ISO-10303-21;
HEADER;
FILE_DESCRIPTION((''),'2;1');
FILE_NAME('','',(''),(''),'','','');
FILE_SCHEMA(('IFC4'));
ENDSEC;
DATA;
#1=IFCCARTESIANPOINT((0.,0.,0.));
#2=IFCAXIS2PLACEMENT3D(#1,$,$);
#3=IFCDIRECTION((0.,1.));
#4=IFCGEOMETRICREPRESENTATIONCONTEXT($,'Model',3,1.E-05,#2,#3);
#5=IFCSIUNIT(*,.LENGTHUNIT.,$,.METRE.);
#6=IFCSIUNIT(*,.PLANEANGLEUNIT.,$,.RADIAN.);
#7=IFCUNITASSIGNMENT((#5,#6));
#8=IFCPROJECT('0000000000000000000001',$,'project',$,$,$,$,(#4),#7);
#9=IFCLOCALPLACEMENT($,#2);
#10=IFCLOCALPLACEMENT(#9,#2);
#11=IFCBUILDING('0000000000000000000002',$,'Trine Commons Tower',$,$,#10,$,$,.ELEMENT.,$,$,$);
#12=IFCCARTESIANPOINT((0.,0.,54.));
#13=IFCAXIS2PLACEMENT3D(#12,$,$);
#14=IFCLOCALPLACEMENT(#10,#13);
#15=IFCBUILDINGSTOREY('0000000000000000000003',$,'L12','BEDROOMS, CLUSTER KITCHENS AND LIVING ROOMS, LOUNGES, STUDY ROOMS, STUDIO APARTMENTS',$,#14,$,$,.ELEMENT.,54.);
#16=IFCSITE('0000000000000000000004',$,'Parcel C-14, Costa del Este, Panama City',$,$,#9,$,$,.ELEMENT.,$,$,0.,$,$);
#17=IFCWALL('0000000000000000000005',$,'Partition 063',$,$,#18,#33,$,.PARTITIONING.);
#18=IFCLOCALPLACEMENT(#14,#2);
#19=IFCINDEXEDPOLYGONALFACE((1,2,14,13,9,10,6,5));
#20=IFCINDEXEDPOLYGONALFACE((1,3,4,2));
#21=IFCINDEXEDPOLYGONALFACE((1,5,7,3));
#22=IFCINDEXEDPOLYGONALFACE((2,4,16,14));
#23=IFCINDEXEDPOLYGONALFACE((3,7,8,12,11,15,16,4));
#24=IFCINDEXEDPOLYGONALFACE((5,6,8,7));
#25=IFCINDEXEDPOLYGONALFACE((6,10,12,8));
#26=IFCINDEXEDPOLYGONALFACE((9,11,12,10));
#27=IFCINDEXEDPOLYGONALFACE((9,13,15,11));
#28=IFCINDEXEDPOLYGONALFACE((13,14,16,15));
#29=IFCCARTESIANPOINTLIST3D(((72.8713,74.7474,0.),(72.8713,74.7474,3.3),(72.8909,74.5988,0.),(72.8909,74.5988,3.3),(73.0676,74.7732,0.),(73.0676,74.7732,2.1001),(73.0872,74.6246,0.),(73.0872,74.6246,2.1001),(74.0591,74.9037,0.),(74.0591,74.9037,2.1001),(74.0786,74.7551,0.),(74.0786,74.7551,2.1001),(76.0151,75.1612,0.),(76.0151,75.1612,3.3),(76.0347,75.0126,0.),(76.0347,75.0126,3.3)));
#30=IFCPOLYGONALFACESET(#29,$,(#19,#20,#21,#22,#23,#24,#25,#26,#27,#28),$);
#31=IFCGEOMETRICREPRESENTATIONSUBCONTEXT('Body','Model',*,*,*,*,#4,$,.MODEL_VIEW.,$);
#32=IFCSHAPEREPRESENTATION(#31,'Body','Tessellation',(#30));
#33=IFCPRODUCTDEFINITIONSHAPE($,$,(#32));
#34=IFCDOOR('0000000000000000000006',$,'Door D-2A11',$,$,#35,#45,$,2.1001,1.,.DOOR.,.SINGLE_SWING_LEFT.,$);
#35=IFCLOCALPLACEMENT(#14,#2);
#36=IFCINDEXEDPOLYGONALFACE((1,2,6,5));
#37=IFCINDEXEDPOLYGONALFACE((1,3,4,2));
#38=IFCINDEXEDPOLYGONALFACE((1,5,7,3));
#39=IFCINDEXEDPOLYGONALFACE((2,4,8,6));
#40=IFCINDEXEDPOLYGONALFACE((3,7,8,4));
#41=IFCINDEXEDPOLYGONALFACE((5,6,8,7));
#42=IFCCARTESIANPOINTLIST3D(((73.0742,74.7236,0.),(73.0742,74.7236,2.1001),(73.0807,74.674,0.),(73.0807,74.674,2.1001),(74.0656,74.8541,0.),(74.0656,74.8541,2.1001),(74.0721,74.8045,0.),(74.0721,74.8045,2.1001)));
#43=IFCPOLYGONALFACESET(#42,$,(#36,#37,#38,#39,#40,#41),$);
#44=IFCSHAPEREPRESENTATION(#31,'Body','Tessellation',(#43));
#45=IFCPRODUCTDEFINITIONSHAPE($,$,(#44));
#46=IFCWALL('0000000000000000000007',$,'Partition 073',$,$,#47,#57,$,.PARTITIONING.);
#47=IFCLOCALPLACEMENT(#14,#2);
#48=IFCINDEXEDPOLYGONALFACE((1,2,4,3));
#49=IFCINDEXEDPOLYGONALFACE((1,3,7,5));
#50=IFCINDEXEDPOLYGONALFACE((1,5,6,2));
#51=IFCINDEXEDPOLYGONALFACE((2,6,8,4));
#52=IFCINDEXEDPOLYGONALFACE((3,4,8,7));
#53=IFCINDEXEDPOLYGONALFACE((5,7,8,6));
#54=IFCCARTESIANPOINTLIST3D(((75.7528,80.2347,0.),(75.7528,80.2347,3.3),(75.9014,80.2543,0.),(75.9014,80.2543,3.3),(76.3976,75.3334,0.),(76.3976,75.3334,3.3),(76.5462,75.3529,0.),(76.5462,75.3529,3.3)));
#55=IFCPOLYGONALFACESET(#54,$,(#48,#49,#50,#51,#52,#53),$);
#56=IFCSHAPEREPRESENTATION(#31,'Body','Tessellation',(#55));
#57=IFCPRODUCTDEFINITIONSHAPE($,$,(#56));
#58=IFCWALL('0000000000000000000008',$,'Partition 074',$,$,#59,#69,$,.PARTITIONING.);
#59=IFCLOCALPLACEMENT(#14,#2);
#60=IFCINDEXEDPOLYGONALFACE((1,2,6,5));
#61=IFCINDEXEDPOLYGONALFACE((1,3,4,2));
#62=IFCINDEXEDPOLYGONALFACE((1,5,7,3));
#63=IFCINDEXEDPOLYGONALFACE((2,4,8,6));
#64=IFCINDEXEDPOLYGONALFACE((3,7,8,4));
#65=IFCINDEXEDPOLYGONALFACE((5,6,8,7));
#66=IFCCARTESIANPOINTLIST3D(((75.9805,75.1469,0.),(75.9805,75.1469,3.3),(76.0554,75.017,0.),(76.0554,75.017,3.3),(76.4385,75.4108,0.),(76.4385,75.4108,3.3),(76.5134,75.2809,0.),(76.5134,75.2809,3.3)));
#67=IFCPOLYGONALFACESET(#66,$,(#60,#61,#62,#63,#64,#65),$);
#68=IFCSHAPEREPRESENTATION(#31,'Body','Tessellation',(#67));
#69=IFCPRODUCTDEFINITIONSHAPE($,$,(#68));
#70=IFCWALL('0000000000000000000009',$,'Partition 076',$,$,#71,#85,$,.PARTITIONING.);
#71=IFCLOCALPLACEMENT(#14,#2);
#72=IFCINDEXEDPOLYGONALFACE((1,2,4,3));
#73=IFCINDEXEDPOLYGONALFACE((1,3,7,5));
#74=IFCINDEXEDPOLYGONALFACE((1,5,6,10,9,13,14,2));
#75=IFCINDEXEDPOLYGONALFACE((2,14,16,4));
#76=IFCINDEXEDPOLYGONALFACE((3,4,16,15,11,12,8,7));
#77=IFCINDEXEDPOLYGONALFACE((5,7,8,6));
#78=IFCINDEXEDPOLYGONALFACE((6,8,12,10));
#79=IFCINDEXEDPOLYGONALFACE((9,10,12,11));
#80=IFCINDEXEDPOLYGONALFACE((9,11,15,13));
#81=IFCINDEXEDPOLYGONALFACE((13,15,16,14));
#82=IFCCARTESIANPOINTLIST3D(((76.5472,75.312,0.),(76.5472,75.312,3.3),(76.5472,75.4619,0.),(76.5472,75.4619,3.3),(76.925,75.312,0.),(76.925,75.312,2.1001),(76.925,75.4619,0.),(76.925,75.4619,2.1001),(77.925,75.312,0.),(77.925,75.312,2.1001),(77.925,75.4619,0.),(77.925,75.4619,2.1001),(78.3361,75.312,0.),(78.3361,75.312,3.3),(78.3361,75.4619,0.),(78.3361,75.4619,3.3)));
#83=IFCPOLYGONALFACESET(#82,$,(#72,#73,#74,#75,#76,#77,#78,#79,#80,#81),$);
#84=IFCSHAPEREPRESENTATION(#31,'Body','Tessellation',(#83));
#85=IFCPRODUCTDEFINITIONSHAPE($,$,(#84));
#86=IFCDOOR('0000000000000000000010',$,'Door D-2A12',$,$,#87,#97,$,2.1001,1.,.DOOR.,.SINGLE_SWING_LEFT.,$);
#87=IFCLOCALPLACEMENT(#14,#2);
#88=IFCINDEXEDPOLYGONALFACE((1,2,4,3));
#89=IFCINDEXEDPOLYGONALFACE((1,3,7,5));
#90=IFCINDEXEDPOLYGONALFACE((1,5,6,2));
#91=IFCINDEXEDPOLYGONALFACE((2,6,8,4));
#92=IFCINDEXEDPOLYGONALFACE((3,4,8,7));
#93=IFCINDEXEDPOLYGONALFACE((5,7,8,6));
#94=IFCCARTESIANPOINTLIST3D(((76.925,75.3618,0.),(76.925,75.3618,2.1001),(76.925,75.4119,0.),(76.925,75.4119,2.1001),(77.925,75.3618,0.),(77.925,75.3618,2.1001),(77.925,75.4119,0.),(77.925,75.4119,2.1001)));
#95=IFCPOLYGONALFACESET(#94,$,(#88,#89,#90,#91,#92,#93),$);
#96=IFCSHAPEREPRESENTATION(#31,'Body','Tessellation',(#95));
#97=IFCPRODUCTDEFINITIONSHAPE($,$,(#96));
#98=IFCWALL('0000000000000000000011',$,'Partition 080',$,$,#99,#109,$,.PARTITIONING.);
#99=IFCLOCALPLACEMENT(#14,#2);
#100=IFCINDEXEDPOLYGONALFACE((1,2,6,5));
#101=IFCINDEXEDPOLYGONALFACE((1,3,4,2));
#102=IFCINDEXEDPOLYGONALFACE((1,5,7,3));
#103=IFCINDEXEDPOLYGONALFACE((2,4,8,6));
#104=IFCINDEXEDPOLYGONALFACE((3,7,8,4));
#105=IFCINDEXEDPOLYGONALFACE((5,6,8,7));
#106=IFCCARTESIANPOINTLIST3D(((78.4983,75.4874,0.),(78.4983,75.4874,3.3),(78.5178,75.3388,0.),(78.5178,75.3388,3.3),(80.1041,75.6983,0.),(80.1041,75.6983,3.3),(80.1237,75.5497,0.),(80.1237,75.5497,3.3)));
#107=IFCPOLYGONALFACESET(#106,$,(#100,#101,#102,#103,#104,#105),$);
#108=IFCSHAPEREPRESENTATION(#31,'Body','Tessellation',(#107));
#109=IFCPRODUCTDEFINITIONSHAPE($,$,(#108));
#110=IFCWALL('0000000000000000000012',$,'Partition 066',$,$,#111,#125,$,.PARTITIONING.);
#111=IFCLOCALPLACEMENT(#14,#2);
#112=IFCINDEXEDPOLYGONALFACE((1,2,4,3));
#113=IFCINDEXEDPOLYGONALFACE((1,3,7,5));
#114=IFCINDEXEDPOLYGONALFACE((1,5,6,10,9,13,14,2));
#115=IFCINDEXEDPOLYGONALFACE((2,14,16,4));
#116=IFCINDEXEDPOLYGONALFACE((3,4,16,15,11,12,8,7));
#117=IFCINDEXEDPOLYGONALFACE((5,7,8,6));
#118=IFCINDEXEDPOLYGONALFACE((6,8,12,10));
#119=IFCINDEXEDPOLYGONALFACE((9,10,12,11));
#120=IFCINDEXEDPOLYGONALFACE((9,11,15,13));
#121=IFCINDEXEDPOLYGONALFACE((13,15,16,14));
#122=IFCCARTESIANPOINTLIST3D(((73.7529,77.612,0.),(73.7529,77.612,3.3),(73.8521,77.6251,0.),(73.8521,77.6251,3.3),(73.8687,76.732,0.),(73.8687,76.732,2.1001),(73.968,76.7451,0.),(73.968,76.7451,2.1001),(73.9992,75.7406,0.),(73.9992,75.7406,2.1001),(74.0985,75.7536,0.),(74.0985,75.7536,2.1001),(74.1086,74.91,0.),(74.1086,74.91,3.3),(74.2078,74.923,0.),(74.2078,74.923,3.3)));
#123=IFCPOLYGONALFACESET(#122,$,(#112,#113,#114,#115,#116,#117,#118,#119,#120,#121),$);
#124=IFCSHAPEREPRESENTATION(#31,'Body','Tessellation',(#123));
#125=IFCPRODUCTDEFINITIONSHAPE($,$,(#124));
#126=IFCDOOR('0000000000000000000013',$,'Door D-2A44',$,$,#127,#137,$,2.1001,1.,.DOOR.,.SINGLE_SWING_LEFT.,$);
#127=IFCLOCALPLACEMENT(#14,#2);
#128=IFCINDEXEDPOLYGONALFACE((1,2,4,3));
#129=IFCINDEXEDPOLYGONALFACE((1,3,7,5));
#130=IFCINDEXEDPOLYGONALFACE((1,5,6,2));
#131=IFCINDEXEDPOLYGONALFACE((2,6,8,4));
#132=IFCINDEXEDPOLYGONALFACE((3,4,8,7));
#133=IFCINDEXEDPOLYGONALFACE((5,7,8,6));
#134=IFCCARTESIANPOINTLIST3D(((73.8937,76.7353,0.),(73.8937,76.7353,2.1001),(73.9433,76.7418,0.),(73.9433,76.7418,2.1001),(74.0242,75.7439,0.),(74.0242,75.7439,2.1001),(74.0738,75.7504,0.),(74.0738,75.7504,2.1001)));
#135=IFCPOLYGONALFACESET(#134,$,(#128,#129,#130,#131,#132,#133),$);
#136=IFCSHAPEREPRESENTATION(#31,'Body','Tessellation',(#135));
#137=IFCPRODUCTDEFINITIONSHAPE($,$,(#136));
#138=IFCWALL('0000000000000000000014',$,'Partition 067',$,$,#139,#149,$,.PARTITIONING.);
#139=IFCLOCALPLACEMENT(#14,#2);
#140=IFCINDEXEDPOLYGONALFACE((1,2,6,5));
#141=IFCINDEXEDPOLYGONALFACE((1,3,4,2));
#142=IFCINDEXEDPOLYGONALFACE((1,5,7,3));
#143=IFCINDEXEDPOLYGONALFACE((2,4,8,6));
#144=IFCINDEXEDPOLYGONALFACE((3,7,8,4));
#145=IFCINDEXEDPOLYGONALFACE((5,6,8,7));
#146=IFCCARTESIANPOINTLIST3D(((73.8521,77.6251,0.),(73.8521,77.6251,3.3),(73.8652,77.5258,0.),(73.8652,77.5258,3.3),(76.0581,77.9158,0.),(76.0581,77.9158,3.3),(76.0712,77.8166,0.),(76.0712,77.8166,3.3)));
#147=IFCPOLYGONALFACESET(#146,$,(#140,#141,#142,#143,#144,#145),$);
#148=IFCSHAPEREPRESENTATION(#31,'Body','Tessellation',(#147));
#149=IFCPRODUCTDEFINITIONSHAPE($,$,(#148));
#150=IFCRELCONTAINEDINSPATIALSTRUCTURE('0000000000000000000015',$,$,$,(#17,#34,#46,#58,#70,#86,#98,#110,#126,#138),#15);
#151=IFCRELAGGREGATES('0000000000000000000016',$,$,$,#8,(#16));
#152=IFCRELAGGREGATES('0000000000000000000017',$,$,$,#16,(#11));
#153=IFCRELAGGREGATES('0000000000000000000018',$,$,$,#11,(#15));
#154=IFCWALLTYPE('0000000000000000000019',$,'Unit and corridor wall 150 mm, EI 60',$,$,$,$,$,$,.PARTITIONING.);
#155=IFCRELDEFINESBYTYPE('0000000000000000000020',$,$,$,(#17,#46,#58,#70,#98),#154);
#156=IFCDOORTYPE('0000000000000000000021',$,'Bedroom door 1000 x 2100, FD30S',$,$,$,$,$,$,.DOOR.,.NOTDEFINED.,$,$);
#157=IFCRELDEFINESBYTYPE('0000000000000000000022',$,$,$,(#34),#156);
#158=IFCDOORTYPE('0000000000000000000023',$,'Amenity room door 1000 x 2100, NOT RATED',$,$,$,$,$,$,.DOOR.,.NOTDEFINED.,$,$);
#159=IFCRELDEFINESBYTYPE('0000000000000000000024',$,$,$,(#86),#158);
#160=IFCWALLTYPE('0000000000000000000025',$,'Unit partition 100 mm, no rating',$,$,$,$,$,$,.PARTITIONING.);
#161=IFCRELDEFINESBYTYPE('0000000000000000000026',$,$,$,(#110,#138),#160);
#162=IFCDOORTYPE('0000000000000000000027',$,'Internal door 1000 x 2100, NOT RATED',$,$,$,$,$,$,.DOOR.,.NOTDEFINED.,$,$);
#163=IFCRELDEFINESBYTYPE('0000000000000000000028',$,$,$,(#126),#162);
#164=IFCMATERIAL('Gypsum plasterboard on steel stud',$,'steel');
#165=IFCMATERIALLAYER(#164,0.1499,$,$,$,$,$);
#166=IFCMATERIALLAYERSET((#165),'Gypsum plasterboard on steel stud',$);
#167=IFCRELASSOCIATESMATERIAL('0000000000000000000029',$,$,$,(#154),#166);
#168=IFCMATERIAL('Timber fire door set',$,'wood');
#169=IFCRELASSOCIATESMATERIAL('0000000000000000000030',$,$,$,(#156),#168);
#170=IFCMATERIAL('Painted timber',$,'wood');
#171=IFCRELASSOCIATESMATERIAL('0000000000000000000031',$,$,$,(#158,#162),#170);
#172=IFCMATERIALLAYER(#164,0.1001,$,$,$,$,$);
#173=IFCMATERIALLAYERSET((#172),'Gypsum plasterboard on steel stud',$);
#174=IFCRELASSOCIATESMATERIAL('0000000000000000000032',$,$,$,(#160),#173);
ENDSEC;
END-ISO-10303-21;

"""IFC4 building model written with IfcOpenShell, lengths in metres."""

from ifc_helpers import new_model, si_unit, direction, frame, frame_2d, origin, place, context, subcontext, project, spatial, rectangle, extrude, material, layer, layer_set, type_object, element, fill, save


model = new_model("IFC4")

# Units and contexts
model_context = context("Model", 3, precision=1e-05, world=origin(), true_north=direction((0.0, 1.0)))
body_context = subcontext(model_context, "Body", "Model", "MODEL_VIEW")
ifc_project = project(units=[si_unit("LENGTHUNIT", "METRE"), si_unit("PLANEANGLEUNIT", "RADIAN")], contexts=[model_context])

# Site, building, storey
site_placement = place(None, origin())
site = spatial("IfcSite", under=ifc_project, at=site_placement, Name="Parcel C-14, Costa del Este, Panama City", CompositionType="ELEMENT", RefElevation=0.0)
building_placement = place(site_placement, origin())
building = spatial("IfcBuilding", under=site, at=building_placement, Name="Trine Commons Tower", CompositionType="ELEMENT")
storey_placement = place(building_placement, frame((0.0, 0.0, 54.0)))
storey = spatial("IfcBuildingStorey", under=building, at=storey_placement, Name="L12", Description="BEDROOMS, CLUSTER KITCHENS AND LIVING ROOMS, LOUNGES, STUDY ROOMS, STUDIO APARTMENTS", CompositionType="ELEMENT", Elevation=54.0)

# Wall, opening, door
ifc_material_1 = material(Name="Gypsum plasterboard on steel stud", Category="steel")
ifc_layer_1 = layer(ifc_material_1, 0.1499)
ifc_layer_set_1 = layer_set([ifc_layer_1], Name="Gypsum plasterboard on steel stud")
wall_type_1 = type_object("IfcWallType", Name="Unit and corridor wall 150 mm, EI 60", PredefinedType="PARTITIONING", material=ifc_layer_set_1)
wall_1_placement = place(storey_placement, frame((72.8811, 74.6731, 0.0), z_axis=(0.0, 0.0, 1.0), x_axis=(0.991448, 0.130504, 0.0)))
wall_1 = element("IfcWall", 1, at=wall_1_placement, inside=storey, type_object=wall_type_1, Name="Partition 063", PredefinedType="PARTITIONING", context=body_context, shape_type="SweptSolid", body=[
    extrude(rectangle(XDim=3.1709, YDim=0.1499, at=frame_2d((1.5854, 0.0))), origin(), (0.0, 0.0, 1.0), 3.3),
])
opening_1_placement = place(wall_1_placement, frame((0.198, 0.0, 0.0)))
opening_1 = element("IfcOpeningElement", 2, at=opening_1_placement, cuts=wall_1, PredefinedType="OPENING", context=body_context, shape_type="SweptSolid", body=[
    extrude(rectangle(XDim=1.0, YDim=2.1001, at=frame_2d((0.5, 1.05))), frame((0.0, 0.085, 0.0), z_axis=(0.0, -1.0, 0.0), x_axis=(1.0, 0.0, 0.0)), (0.0, 0.0, 1.0), 0.1699),
])
ifc_material_2 = material(Name="Timber fire door set", Category="wood")
door_type_1 = type_object("IfcDoorType", Name="Bedroom door 1000 x 2100, FD30S", OperationType="NOTDEFINED", PredefinedType="DOOR", material=ifc_material_2)
door_1_placement = place(opening_1_placement, origin())
door_1 = element("IfcDoor", 3, at=door_1_placement, inside=storey, type_object=door_type_1, Name="Door D-2A11", OperationType="SINGLE_SWING_LEFT", OverallHeight=2.1001, OverallWidth=1.0, PredefinedType="DOOR", context=body_context, shape_type="SweptSolid", body=[
    extrude(rectangle(XDim=1.0, YDim=2.1001, at=frame_2d((0.5, 1.05))), frame((0.0, 0.0249, 0.0), z_axis=(0.0, -1.0, 0.0), x_axis=(1.0, 0.0, 0.0)), (0.0, 0.0, 1.0), 0.05),
])
fill(opening_1, door_1)

# Walls
wall_2_placement = place(storey_placement, frame((75.8271, 80.2444, 0.0), z_axis=(0.0, 0.0, 1.0), x_axis=(0.130426, -0.991458, 0.0)))
element("IfcWall", 4, at=wall_2_placement, inside=storey, type_object=wall_type_1, Name="Partition 073", PredefinedType="PARTITIONING", context=body_context, shape_type="SweptSolid", body=[
    extrude(rectangle(XDim=4.9436, YDim=0.1499, at=frame_2d((2.4717, 0.0))), origin(), (0.0, 0.0, 1.0), 3.3),
])
wall_3_placement = place(storey_placement, frame((76.0181, 75.082, 0.0), z_axis=(0.0, 0.0, 1.0), x_axis=(0.866447, 0.499269, 0.0)))
element("IfcWall", 5, at=wall_3_placement, inside=storey, type_object=wall_type_1, Name="Partition 074", PredefinedType="PARTITIONING", context=body_context, shape_type="SweptSolid", body=[
    extrude(rectangle(XDim=0.5286, YDim=0.1499, at=frame_2d((0.2642, 0.0))), origin(), (0.0, 0.0, 1.0), 3.3),
])

# Wall, opening, door
wall_4_placement = place(storey_placement, frame((76.5471, 75.387, 0.0), z_axis=(0.0, 0.0, 1.0), x_axis=(1.0, 0.0, 0.0)))
wall_4 = element("IfcWall", 6, at=wall_4_placement, inside=storey, type_object=wall_type_1, Name="Partition 076", PredefinedType="PARTITIONING", context=body_context, shape_type="SweptSolid", body=[
    extrude(rectangle(XDim=1.7888, YDim=0.1499, at=frame_2d((0.8945, 0.0))), origin(), (0.0, 0.0, 1.0), 3.3),
])
opening_2_placement = place(wall_4_placement, frame((0.3779, 0.0, 0.0)))
opening_2 = element("IfcOpeningElement", 7, at=opening_2_placement, cuts=wall_4, PredefinedType="OPENING", context=body_context, shape_type="SweptSolid", body=[
    extrude(rectangle(XDim=1.0, YDim=2.1001, at=frame_2d((0.5, 1.05))), frame((0.0, 0.085, 0.0), z_axis=(0.0, -1.0, 0.0), x_axis=(1.0, 0.0, 0.0)), (0.0, 0.0, 1.0), 0.1699),
])
ifc_material_3 = material(Name="Painted timber", Category="wood")
door_type_2 = type_object("IfcDoorType", Name="Amenity room door 1000 x 2100, NOT RATED", OperationType="NOTDEFINED", PredefinedType="DOOR", material=ifc_material_3)
door_2_placement = place(opening_2_placement, origin())
door_2 = element("IfcDoor", 8, at=door_2_placement, inside=storey, type_object=door_type_2, Name="Door D-2A12", OperationType="SINGLE_SWING_LEFT", OverallHeight=2.1001, OverallWidth=1.0, PredefinedType="DOOR", context=body_context, shape_type="SweptSolid", body=[
    extrude(rectangle(XDim=1.0, YDim=2.1001, at=frame_2d((0.5, 1.05))), frame((0.0, 0.0249, 0.0), z_axis=(0.0, -1.0, 0.0), x_axis=(1.0, 0.0, 0.0)), (0.0, 0.0, 1.0), 0.05),
])
fill(opening_2, door_2)

# Wall
wall_5_placement = place(storey_placement, frame((78.5081, 75.4131, 0.0), z_axis=(0.0, 0.0, 1.0), x_axis=(0.991484, 0.130228, 0.0)))
element("IfcWall", 9, at=wall_5_placement, inside=storey, type_object=wall_type_1, Name="Partition 080", PredefinedType="PARTITIONING", context=body_context, shape_type="SweptSolid", body=[
    extrude(rectangle(XDim=1.6196, YDim=0.1499, at=frame_2d((0.8098, 0.0))), origin(), (0.0, 0.0, 1.0), 3.3),
])

# Wall, opening, door
ifc_layer_2 = layer(ifc_material_1, 0.1001)
ifc_layer_set_2 = layer_set([ifc_layer_2], Name="Gypsum plasterboard on steel stud")
wall_type_2 = type_object("IfcWallType", Name="Unit partition 100 mm, no rating", PredefinedType="PARTITIONING", material=ifc_layer_set_2)
wall_6_placement = place(storey_placement, frame((73.8025, 77.6187, 0.0), z_axis=(0.0, 0.0, 1.0), x_axis=(0.130515, -0.991446, 0.0)))
wall_6 = element("IfcWall", 10, at=wall_6_placement, inside=storey, type_object=wall_type_2, Name="Partition 066", PredefinedType="PARTITIONING", context=body_context, shape_type="SweptSolid", body=[
    extrude(rectangle(XDim=2.7253, YDim=0.1001, at=frame_2d((1.3628, 0.0))), origin(), (0.0, 0.0, 1.0), 3.3),
])
opening_3_placement = place(wall_6_placement, frame((0.8877, 0.0, 0.0)))
opening_3 = element("IfcOpeningElement", 11, at=opening_3_placement, cuts=wall_6, PredefinedType="OPENING", context=body_context, shape_type="SweptSolid", body=[
    extrude(rectangle(XDim=1.0, YDim=2.1001, at=frame_2d((0.5, 1.05))), frame((0.0, 0.0601, 0.0), z_axis=(0.0, -1.0, 0.0), x_axis=(1.0, 0.0, 0.0)), (0.0, 0.0, 1.0), 0.1201),
])
door_type_3 = type_object("IfcDoorType", Name="Internal door 1000 x 2100, NOT RATED", OperationType="NOTDEFINED", PredefinedType="DOOR", material=ifc_material_3)
door_3_placement = place(opening_3_placement, frame((1.0, 0.0, 0.0), z_axis=(0.0, 0.0, 1.0), x_axis=(-1.0, 0.0, 0.0)))
door_3 = element("IfcDoor", 12, at=door_3_placement, inside=storey, type_object=door_type_3, Name="Door D-2A44", OperationType="SINGLE_SWING_LEFT", OverallHeight=2.1001, OverallWidth=1.0, PredefinedType="DOOR", context=body_context, shape_type="SweptSolid", body=[
    extrude(rectangle(XDim=1.0, YDim=2.1001, at=frame_2d((0.5, 1.05))), frame((0.0, 0.0249, 0.0), z_axis=(0.0, -1.0, 0.0), x_axis=(1.0, 0.0, 0.0)), (0.0, 0.0, 1.0), 0.05),
])
fill(opening_3, door_3)

# Wall
wall_7_placement = place(storey_placement, frame((73.8586, 77.5754, 0.0), z_axis=(0.0, 0.0, 1.0), x_axis=(0.991425, 0.130676, 0.0)))
element("IfcWall", 13, at=wall_7_placement, inside=storey, type_object=wall_type_2, Name="Partition 067", PredefinedType="PARTITIONING", context=body_context, shape_type="SweptSolid", body=[
    extrude(rectangle(XDim=2.2251, YDim=0.1001, at=frame_2d((1.1125, 0.0))), origin(), (0.0, 0.0, 1.0), 3.3),
])

save(model, "model.ifc")
